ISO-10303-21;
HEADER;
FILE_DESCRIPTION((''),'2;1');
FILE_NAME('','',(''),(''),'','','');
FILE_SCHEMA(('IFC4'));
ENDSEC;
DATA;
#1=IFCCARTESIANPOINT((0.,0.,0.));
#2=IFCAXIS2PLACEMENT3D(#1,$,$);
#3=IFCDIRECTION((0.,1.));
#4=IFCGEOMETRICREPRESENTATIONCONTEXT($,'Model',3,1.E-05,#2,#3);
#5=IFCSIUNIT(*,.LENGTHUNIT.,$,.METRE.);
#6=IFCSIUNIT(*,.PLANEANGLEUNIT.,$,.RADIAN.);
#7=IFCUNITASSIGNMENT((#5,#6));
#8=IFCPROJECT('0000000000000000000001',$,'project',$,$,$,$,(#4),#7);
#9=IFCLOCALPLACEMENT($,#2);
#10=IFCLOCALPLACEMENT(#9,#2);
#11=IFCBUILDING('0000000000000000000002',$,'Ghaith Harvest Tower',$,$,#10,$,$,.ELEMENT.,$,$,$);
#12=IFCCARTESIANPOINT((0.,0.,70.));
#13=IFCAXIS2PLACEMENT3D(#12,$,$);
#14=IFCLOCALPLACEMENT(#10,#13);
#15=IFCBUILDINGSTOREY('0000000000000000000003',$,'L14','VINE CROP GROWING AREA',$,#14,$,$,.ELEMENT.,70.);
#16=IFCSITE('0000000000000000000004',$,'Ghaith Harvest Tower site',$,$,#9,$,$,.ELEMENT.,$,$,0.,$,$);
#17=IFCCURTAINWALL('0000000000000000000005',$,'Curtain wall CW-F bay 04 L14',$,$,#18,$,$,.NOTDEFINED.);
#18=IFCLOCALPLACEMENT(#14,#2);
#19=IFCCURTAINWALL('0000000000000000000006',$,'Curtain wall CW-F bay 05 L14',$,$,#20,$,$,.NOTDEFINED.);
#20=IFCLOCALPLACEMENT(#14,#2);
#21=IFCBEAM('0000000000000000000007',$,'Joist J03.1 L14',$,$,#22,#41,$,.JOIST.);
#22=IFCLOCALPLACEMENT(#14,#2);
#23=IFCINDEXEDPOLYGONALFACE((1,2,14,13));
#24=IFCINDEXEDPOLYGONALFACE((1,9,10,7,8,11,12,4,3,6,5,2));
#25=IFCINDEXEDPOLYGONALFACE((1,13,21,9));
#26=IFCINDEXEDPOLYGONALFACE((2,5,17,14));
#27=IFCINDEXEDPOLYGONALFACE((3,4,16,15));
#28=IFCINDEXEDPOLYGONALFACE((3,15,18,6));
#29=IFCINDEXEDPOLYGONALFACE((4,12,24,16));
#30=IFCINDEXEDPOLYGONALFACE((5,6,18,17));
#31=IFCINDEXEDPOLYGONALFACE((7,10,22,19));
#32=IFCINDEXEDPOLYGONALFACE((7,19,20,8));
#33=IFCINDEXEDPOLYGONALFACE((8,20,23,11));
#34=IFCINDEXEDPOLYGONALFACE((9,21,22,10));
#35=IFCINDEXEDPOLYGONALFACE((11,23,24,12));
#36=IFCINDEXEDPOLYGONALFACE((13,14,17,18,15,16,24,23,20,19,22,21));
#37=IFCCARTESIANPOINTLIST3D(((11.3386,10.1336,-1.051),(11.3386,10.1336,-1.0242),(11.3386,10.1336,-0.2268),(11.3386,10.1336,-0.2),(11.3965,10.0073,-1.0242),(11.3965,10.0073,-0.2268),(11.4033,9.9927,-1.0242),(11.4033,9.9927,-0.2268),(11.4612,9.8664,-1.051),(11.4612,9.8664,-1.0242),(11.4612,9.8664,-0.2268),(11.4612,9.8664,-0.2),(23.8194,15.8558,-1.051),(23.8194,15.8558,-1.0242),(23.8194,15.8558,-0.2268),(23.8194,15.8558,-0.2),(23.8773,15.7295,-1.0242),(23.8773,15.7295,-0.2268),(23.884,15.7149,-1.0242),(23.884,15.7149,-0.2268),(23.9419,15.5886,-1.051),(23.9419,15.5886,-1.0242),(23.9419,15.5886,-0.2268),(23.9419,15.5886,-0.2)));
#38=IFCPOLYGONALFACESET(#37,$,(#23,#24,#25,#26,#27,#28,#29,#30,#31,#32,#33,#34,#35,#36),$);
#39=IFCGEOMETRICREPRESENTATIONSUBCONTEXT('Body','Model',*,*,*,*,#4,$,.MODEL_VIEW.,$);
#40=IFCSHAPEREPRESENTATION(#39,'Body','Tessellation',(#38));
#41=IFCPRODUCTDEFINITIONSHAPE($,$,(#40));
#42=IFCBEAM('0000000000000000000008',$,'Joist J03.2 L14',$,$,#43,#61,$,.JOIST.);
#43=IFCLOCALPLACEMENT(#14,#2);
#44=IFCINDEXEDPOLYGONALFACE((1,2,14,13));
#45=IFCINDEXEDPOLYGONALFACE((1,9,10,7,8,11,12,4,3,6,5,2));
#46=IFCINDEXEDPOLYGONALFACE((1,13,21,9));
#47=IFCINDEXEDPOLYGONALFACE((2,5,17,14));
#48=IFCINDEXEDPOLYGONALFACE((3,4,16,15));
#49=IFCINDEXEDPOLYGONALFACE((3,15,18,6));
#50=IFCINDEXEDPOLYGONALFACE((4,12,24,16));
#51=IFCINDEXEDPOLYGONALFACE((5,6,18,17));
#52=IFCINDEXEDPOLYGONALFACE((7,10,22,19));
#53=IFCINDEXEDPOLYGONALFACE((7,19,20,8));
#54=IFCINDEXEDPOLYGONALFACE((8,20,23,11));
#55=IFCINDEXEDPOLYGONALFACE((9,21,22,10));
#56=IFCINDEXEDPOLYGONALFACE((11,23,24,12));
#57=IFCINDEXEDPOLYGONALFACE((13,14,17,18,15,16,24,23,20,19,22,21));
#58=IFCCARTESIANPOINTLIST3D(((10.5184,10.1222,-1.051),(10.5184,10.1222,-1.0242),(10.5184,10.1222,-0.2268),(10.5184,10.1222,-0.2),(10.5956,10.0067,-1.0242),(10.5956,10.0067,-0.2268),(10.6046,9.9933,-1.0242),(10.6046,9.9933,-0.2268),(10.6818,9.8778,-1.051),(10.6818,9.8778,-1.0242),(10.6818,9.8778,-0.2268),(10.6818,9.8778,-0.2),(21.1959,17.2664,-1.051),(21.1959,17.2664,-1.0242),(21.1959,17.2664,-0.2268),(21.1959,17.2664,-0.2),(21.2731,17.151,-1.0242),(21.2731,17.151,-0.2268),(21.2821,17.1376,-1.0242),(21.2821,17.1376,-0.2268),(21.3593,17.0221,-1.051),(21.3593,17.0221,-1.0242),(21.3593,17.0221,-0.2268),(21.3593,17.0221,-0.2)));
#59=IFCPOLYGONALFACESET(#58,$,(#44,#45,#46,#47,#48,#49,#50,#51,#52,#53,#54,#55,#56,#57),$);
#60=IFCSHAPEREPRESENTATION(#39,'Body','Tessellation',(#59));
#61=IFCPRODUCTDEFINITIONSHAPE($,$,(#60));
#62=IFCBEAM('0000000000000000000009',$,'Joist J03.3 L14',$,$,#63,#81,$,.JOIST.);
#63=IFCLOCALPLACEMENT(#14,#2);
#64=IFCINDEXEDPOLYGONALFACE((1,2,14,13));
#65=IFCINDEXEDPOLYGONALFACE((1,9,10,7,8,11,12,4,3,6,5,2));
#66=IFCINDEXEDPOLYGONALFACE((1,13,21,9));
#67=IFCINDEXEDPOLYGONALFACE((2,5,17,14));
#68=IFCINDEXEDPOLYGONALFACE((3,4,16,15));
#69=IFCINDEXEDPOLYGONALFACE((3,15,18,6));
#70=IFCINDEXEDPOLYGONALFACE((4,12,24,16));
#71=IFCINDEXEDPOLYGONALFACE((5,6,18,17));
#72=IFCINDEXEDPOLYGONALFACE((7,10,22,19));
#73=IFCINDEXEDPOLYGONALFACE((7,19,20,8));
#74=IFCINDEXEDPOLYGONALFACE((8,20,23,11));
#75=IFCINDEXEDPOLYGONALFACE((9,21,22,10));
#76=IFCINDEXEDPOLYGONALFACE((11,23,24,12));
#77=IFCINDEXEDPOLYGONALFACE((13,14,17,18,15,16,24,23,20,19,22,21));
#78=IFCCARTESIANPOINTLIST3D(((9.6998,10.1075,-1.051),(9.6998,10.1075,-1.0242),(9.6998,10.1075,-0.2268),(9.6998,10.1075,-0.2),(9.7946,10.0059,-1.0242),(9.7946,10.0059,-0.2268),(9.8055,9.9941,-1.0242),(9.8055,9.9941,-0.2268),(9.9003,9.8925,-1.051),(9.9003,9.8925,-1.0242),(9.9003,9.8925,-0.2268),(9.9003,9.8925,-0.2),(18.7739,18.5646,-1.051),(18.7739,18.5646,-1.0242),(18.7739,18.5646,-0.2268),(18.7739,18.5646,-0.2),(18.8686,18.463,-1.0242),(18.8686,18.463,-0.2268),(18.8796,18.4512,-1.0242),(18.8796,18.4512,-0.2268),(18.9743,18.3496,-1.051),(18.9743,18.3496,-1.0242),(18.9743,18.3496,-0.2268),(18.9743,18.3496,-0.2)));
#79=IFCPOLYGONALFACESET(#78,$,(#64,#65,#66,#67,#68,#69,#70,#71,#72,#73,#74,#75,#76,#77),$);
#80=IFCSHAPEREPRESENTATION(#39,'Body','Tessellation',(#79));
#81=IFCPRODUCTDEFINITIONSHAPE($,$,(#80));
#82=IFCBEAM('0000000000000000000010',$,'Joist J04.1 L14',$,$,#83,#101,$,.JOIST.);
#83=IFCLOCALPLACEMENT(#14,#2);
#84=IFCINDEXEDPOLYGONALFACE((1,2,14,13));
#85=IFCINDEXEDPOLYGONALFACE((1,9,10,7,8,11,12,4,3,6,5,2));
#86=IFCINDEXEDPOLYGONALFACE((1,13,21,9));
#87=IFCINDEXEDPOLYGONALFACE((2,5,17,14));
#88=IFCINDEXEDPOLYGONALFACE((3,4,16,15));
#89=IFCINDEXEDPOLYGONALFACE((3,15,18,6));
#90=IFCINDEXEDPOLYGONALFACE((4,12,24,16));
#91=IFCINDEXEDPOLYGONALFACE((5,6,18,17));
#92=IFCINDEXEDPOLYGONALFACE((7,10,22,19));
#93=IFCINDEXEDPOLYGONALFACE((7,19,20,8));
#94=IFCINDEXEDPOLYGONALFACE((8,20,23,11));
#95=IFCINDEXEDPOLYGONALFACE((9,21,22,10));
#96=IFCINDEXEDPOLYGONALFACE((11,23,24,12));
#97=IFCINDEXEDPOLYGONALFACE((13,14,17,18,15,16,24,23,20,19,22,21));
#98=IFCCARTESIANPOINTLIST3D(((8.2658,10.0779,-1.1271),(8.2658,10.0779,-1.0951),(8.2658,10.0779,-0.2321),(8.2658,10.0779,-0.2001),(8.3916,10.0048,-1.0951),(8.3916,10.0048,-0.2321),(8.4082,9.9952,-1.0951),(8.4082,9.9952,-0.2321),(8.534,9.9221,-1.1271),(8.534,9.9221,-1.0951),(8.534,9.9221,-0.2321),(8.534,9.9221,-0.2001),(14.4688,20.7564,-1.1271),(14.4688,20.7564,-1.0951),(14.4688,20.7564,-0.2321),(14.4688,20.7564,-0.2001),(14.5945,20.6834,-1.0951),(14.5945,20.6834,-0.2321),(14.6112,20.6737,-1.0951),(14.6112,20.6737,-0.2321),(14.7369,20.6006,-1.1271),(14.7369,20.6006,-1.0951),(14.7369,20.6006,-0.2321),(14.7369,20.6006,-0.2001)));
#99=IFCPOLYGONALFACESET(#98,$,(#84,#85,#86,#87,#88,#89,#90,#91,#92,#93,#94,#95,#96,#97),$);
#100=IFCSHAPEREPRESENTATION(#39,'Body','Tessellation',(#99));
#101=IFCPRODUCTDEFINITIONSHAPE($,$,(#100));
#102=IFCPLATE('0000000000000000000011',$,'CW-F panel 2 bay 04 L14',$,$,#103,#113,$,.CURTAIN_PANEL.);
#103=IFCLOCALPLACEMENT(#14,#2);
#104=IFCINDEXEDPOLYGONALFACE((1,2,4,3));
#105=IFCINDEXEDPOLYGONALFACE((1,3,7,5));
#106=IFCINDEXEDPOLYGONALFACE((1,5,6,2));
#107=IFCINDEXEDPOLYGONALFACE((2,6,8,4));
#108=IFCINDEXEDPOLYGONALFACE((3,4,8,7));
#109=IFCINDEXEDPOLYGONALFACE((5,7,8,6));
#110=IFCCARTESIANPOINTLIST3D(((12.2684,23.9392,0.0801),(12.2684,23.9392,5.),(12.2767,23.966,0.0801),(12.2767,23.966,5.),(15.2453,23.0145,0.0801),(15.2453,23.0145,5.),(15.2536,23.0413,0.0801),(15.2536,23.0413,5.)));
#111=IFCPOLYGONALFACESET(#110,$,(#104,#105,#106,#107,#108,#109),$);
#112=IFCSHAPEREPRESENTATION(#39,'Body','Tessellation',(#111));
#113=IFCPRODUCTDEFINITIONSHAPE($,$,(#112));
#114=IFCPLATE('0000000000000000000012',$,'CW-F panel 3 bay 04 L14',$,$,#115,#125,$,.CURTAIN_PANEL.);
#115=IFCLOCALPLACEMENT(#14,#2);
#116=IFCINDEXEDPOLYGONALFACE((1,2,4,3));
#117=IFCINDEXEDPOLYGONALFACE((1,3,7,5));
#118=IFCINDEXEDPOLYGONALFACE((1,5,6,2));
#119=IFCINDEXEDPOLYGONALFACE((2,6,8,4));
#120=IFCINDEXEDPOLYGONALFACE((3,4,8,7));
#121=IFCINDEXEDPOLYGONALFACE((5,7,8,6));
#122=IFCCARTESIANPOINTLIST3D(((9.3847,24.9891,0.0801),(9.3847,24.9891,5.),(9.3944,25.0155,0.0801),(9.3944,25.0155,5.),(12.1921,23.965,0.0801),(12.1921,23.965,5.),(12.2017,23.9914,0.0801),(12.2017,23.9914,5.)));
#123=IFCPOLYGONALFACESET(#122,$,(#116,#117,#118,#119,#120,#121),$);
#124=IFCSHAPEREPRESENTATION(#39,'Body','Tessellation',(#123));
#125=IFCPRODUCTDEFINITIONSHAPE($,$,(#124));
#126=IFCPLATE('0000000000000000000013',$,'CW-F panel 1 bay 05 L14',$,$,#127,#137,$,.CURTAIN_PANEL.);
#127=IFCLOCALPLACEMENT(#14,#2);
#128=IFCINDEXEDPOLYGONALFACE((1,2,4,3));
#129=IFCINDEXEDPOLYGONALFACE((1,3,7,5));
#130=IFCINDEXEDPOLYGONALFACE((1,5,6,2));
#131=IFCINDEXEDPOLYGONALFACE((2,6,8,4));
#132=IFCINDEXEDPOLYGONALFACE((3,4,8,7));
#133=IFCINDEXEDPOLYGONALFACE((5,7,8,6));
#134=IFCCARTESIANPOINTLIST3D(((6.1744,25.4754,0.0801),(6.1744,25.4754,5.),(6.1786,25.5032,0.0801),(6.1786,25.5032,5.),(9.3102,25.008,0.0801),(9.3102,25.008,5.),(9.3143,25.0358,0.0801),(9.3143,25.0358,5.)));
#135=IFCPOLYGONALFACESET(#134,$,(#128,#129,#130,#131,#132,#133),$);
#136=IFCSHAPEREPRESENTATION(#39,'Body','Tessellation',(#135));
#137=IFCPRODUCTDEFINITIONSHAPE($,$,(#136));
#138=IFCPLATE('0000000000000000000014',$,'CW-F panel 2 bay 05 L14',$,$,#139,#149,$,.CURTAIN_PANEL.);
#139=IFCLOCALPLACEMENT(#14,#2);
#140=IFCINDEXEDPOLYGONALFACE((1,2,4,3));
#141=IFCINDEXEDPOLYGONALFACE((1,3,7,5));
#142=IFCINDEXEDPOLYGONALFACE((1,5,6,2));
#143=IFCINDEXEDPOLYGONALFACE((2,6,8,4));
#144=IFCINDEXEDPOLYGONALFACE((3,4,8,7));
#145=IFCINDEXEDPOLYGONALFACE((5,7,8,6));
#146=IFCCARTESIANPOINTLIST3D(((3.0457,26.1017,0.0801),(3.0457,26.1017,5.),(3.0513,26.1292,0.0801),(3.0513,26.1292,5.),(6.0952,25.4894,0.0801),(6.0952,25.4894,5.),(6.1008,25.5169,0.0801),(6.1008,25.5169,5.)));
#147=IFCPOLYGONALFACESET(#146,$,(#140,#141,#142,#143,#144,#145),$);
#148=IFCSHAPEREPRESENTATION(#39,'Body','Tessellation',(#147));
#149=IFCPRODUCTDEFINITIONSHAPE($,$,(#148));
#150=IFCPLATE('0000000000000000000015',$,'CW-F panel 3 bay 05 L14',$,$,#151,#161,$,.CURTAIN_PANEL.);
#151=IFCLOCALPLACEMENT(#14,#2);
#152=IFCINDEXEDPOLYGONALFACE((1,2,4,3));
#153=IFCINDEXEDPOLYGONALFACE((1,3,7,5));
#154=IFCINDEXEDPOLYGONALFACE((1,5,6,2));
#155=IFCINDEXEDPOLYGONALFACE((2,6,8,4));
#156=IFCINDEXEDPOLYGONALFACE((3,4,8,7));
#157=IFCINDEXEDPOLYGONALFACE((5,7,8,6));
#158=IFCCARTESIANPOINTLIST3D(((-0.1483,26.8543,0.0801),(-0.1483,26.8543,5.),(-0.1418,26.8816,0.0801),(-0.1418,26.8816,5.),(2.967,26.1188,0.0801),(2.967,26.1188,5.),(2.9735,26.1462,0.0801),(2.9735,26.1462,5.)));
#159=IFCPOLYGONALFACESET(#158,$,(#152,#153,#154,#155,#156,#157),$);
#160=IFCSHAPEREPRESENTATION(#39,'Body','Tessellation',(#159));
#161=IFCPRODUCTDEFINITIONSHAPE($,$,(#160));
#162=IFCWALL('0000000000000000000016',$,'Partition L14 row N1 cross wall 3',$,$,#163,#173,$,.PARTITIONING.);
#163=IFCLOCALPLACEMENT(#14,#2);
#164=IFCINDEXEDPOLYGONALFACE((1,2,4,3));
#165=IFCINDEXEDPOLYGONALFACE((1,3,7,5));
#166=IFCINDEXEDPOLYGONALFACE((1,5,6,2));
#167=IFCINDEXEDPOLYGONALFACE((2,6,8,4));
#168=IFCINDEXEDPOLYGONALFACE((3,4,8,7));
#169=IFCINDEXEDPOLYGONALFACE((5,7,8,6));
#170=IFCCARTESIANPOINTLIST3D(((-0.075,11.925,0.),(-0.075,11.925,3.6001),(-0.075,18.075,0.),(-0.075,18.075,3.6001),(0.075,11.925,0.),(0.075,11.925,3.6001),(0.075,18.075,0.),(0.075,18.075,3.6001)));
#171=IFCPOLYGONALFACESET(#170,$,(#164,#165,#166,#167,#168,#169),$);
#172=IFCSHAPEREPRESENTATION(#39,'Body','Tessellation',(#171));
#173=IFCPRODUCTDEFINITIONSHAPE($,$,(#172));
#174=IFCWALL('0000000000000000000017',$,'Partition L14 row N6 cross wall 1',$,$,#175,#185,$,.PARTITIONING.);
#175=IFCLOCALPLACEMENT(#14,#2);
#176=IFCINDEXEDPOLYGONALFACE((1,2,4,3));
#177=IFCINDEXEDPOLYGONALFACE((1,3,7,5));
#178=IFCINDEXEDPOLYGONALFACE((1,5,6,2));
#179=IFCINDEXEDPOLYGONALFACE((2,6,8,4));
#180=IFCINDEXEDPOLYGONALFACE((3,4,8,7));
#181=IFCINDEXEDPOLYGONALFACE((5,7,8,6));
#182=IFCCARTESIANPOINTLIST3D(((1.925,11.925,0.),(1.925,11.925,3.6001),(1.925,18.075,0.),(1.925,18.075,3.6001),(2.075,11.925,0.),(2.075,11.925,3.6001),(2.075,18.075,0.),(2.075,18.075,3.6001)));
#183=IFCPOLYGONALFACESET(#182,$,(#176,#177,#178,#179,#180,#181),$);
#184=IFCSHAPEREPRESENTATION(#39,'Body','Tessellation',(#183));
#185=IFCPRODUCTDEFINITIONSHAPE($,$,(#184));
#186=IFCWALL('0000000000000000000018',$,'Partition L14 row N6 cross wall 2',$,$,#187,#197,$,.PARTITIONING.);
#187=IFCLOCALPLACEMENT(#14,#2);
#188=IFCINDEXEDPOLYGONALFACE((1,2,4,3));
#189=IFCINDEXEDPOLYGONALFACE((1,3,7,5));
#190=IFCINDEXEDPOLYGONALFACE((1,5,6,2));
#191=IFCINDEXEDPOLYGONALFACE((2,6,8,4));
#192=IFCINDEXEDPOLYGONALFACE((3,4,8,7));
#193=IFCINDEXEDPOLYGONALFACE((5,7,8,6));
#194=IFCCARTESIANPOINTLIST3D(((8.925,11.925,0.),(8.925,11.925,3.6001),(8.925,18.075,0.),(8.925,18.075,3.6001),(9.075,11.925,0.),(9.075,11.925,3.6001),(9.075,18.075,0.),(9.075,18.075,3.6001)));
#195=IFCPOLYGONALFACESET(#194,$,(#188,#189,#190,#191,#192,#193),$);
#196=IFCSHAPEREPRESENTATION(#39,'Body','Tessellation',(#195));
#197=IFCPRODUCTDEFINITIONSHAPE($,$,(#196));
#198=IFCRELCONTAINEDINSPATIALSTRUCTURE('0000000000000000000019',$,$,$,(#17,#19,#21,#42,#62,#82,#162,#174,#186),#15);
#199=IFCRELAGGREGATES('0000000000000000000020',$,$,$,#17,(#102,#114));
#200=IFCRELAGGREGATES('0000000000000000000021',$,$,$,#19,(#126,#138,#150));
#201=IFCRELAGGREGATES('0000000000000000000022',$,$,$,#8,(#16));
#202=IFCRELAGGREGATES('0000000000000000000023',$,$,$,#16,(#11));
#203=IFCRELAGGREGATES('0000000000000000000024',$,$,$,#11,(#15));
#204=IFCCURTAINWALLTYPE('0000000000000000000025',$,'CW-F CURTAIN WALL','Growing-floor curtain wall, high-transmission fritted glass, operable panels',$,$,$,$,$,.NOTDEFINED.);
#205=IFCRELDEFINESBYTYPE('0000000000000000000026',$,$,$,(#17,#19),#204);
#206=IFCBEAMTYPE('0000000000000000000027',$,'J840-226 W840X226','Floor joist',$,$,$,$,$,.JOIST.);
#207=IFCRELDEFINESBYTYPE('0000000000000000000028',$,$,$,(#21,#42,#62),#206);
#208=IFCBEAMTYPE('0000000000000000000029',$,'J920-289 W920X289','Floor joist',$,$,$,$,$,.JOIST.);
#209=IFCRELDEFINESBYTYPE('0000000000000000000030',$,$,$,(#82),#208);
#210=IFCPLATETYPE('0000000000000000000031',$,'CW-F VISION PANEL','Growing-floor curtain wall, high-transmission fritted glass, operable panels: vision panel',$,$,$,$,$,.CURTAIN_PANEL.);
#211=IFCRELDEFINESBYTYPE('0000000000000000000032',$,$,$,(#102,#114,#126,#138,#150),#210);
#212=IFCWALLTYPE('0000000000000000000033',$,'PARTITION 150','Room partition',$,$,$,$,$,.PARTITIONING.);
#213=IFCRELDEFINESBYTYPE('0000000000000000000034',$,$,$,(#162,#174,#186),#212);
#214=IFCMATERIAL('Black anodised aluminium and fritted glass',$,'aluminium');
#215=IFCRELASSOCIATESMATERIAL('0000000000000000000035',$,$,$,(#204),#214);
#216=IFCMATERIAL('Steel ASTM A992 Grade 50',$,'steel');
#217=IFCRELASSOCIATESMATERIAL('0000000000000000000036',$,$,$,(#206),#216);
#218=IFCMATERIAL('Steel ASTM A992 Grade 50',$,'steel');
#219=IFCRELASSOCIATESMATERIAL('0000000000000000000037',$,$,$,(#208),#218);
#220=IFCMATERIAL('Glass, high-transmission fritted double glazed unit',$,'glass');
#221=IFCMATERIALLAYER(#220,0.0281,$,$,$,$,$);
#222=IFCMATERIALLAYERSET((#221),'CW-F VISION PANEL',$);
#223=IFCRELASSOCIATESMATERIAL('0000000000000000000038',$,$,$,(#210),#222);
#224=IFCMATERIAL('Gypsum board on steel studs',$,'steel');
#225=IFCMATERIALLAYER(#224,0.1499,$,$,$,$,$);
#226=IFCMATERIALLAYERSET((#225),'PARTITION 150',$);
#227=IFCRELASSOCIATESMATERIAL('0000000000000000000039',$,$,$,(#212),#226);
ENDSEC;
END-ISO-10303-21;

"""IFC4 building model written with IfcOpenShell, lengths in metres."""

from ifc_helpers import new_model, si_unit, direction, frame, frame_2d, origin, origin_2d, place, context, subcontext, project, spatial, rectangle, i_section, extrude, material, layer, layer_set, material_profile, profile_set, type_object, element, aggregate, save


model = new_model("IFC4")

# Units and contexts
model_context = context("Model", 3, precision=1e-05, world=origin(), true_north=direction((0.0, 1.0)))
body_context = subcontext(model_context, "Body", "Model", "MODEL_VIEW")
ifc_project = project(units=[si_unit("LENGTHUNIT", "METRE"), si_unit("PLANEANGLEUNIT", "RADIAN")], contexts=[model_context])

# Site, building, storey
site_placement = place(None, origin())
site = spatial("IfcSite", under=ifc_project, at=site_placement, Name="Ghaith Harvest Tower site", CompositionType="ELEMENT", RefElevation=0.0)
building_placement = place(site_placement, origin())
building = spatial("IfcBuilding", under=site, at=building_placement, Name="Ghaith Harvest Tower", CompositionType="ELEMENT")
storey_placement = place(building_placement, frame((0.0, 0.0, 70.0)))
storey = spatial("IfcBuildingStorey", under=building, at=storey_placement, Name="L14", Description="VINE CROP GROWING AREA", CompositionType="ELEMENT", Elevation=70.0)

# Curtain wall
ifc_material_1 = material(Name="Black anodised aluminium and fritted glass", Category="aluminium")
curtain_wall_type = type_object("IfcCurtainWallType", Name="CW-F CURTAIN WALL", Description="Growing-floor curtain wall, high-transmission fritted glass, operable panels", PredefinedType="NOTDEFINED", material=ifc_material_1)
curtain_wall_1_placement = place(storey_placement, origin())
curtain_wall_1 = element("IfcCurtainWall", 1, at=curtain_wall_1_placement, inside=storey, type_object=curtain_wall_type, Name="Curtain wall CW-F bay 04 L14", PredefinedType="NOTDEFINED")

# Curtain wall
curtain_wall_2_placement = place(storey_placement, origin())
curtain_wall_2 = element("IfcCurtainWall", 2, at=curtain_wall_2_placement, inside=storey, type_object=curtain_wall_type, Name="Curtain wall CW-F bay 05 L14", PredefinedType="NOTDEFINED")

# Beams
ifc_material_2 = material(Name="Steel ASTM A992 Grade 50", Category="steel")
ifc_material_profile_1 = material_profile(ifc_material_2, i_section(OverallWidth=0.2939, OverallDepth=0.8511, WebThickness=0.0161, FlangeThickness=0.0269, at=origin_2d()), Name="W840X226")
ifc_profile_set_1 = profile_set([ifc_material_profile_1], Name="Steel ASTM A992 Grade 50")
beam_type_1 = type_object("IfcBeamType", Name="J840-226 W840X226", Description="Floor joist", PredefinedType="JOIST", material=ifc_profile_set_1)
beam_1_placement = place(storey_placement, frame((11.3999, 10.0, -0.6255), z_axis=(0.909014, 0.416766, 0.0), x_axis=(-0.416766, 0.909014, 0.0)))
element("IfcBeam", 3, at=beam_1_placement, inside=storey, type_object=beam_type_1, Name="Joist J03.1 L14", PredefinedType="JOIST", context=body_context, shape_type="SweptSolid", body=[
    extrude(i_section(OverallWidth=0.2939, OverallDepth=0.8511, WebThickness=0.0161, FlangeThickness=0.0269, at=origin_2d()), origin(), (0.0, 0.0, 1.0), 13.73),
])
beam_2_placement = place(storey_placement, frame((10.6001, 10.0, -0.6255), z_axis=(0.831116, 0.556098, 0.0), x_axis=(-0.556098, 0.831116, 0.0)))
element("IfcBeam", 4, at=beam_2_placement, inside=storey, type_object=beam_type_1, Name="Joist J03.2 L14", PredefinedType="JOIST", context=body_context, shape_type="SweptSolid", body=[
    extrude(i_section(OverallWidth=0.2939, OverallDepth=0.8511, WebThickness=0.0161, FlangeThickness=0.0269, at=origin_2d()), origin(), (0.0, 0.0, 1.0), 12.8472),
])
beam_3_placement = place(storey_placement, frame((9.8, 10.0, -0.6255), z_axis=(0.731538, 0.681801, 0.0), x_axis=(-0.681801, 0.731538, 0.0)))
element("IfcBeam", 5, at=beam_3_placement, inside=storey, type_object=beam_type_1, Name="Joist J03.3 L14", PredefinedType="JOIST", context=body_context, shape_type="SweptSolid", body=[
    extrude(i_section(OverallWidth=0.2939, OverallDepth=0.8511, WebThickness=0.0161, FlangeThickness=0.0269, at=origin_2d()), origin(), (0.0, 0.0, 1.0), 12.4041),
])
ifc_material_3 = material(Name="Steel ASTM A992 Grade 50", Category="steel")
ifc_material_profile_2 = material_profile(ifc_material_3, i_section(OverallWidth=0.3101, OverallDepth=0.927, WebThickness=0.0193, FlangeThickness=0.032, at=origin_2d()), Name="W920X289")
ifc_profile_set_2 = profile_set([ifc_material_profile_2], Name="Steel ASTM A992 Grade 50")
beam_type_2 = type_object("IfcBeamType", Name="J920-289 W920X289", Description="Floor joist", PredefinedType="JOIST", material=ifc_profile_set_2)
beam_4_placement = place(storey_placement, frame((8.3999, 10.0, -0.6636), z_axis=(0.502286, 0.864702, 0.0), x_axis=(-0.864702, 0.502286, 0.0)))
element("IfcBeam", 6, at=beam_4_placement, inside=storey, type_object=beam_type_2, Name="Joist J04.1 L14", PredefinedType="JOIST", context=body_context, shape_type="SweptSolid", body=[
    extrude(i_section(OverallWidth=0.3101, OverallDepth=0.927, WebThickness=0.0193, FlangeThickness=0.032, at=origin_2d()), origin(), (0.0, 0.0, 1.0), 12.3494),
])

# Plates
ifc_material_4 = material(Name="Glass, high-transmission fritted double glazed unit", Category="glass")
ifc_layer_1 = layer(ifc_material_4, 0.0281)
ifc_layer_set_1 = layer_set([ifc_layer_1], Name="CW-F VISION PANEL")
plate_type = type_object("IfcPlateType", Name="CW-F VISION PANEL", Description="Growing-floor curtain wall, high-transmission fritted glass, operable panels: vision panel", PredefinedType="CURTAIN_PANEL", material=ifc_layer_set_1)
plate_1_placement = place(storey_placement, frame((13.761, 23.4902, 0.0801), z_axis=(0.0, 0.0, 1.0), x_axis=(-0.954988, 0.296644, 0.0)))
plate_1 = element("IfcPlate", 7, at=plate_1_placement, type_object=plate_type, Name="CW-F panel 2 bay 04 L14", PredefinedType="CURTAIN_PANEL", context=body_context, shape_type="SweptSolid", body=[
    extrude(rectangle(XDim=3.1172, YDim=0.0281, at=origin_2d()), origin(), (0.0, 0.0, 1.0), 4.9199),
])
plate_2_placement = place(storey_placement, frame((10.7932, 24.4902, 0.0801), z_axis=(0.0, 0.0, 1.0), x_axis=(-0.939438, 0.342718, 0.0)))
plate_2 = element("IfcPlate", 8, at=plate_2_placement, type_object=plate_type, Name="CW-F panel 3 bay 04 L14", PredefinedType="CURTAIN_PANEL", context=body_context, shape_type="SweptSolid", body=[
    extrude(rectangle(XDim=2.9883, YDim=0.0281, at=origin_2d()), origin(), (0.0, 0.0, 1.0), 4.9199),
])
aggregate(curtain_wall_1, [plate_1, plate_2])
plate_3_placement = place(storey_placement, frame((7.7444, 25.2556, 0.0801), z_axis=(0.0, 0.0, 1.0), x_axis=(-0.989074, 0.147418, 0.0)))
plate_3 = element("IfcPlate", 9, at=plate_3_placement, type_object=plate_type, Name="CW-F panel 1 bay 05 L14", PredefinedType="CURTAIN_PANEL", context=body_context, shape_type="SweptSolid", body=[
    extrude(rectangle(XDim=3.1704, YDim=0.0281, at=origin_2d()), origin(), (0.0, 0.0, 1.0), 4.9199),
])
plate_4_placement = place(storey_placement, frame((4.5732, 25.8093, 0.0801), z_axis=(0.0, 0.0, 1.0), x_axis=(-0.980432, 0.196856, 0.0)))
plate_4 = element("IfcPlate", 10, at=plate_4_placement, type_object=plate_type, Name="CW-F panel 2 bay 05 L14", PredefinedType="CURTAIN_PANEL", context=body_context, shape_type="SweptSolid", body=[
    extrude(rectangle(XDim=3.1104, YDim=0.0281, at=origin_2d()), origin(), (0.0, 0.0, 1.0), 4.9199),
])
plate_5_placement = place(storey_placement, frame((1.4126, 26.5002, 0.0801), z_axis=(0.0, 0.0, 1.0), x_axis=(-0.973246, 0.229766, 0.0)))
plate_5 = element("IfcPlate", 11, at=plate_5_placement, type_object=plate_type, Name="CW-F panel 3 bay 05 L14", PredefinedType="CURTAIN_PANEL", context=body_context, shape_type="SweptSolid", body=[
    extrude(rectangle(XDim=3.2009, YDim=0.0281, at=origin_2d()), origin(), (0.0, 0.0, 1.0), 4.9199),
])
aggregate(curtain_wall_2, [plate_3, plate_4, plate_5])

# Walls
ifc_material_5 = material(Name="Gypsum board on steel studs", Category="steel")
ifc_layer_2 = layer(ifc_material_5, 0.1499)
ifc_layer_set_2 = layer_set([ifc_layer_2], Name="PARTITION 150")
wall_type = type_object("IfcWallType", Name="PARTITION 150", Description="Room partition", PredefinedType="PARTITIONING", material=ifc_layer_set_2)
for number, where, z_axis, x_axis, name in (
    (12, (0.0, 11.925, 0.0), (0.0, 0.0, 1.0), (0.0, 1.0, 0.0), "Partition L14 row N1 cross wall 3"),
    (13, (2.0, 11.925, 0.0), (0.0, 0.0, 1.0), (0.0, 1.0, 0.0), "Partition L14 row N6 cross wall 1"),
    (14, (9.0, 11.925, 0.0), (0.0, 0.0, 1.0), (0.0, 1.0, 0.0), "Partition L14 row N6 cross wall 2"),
):
    element("IfcWall", number, at=place(storey_placement, frame(where, z_axis=z_axis, x_axis=x_axis)), inside=storey, type_object=wall_type, Name=name, PredefinedType="PARTITIONING", context=body_context, shape_type="SweptSolid", body=[
        extrude(rectangle(XDim=6.1499, YDim=0.1499, at=frame_2d((3.075, 0.0))), origin(), (0.0, 0.0, 1.0), 3.6001),
    ])

save(model, "model.ifc")
